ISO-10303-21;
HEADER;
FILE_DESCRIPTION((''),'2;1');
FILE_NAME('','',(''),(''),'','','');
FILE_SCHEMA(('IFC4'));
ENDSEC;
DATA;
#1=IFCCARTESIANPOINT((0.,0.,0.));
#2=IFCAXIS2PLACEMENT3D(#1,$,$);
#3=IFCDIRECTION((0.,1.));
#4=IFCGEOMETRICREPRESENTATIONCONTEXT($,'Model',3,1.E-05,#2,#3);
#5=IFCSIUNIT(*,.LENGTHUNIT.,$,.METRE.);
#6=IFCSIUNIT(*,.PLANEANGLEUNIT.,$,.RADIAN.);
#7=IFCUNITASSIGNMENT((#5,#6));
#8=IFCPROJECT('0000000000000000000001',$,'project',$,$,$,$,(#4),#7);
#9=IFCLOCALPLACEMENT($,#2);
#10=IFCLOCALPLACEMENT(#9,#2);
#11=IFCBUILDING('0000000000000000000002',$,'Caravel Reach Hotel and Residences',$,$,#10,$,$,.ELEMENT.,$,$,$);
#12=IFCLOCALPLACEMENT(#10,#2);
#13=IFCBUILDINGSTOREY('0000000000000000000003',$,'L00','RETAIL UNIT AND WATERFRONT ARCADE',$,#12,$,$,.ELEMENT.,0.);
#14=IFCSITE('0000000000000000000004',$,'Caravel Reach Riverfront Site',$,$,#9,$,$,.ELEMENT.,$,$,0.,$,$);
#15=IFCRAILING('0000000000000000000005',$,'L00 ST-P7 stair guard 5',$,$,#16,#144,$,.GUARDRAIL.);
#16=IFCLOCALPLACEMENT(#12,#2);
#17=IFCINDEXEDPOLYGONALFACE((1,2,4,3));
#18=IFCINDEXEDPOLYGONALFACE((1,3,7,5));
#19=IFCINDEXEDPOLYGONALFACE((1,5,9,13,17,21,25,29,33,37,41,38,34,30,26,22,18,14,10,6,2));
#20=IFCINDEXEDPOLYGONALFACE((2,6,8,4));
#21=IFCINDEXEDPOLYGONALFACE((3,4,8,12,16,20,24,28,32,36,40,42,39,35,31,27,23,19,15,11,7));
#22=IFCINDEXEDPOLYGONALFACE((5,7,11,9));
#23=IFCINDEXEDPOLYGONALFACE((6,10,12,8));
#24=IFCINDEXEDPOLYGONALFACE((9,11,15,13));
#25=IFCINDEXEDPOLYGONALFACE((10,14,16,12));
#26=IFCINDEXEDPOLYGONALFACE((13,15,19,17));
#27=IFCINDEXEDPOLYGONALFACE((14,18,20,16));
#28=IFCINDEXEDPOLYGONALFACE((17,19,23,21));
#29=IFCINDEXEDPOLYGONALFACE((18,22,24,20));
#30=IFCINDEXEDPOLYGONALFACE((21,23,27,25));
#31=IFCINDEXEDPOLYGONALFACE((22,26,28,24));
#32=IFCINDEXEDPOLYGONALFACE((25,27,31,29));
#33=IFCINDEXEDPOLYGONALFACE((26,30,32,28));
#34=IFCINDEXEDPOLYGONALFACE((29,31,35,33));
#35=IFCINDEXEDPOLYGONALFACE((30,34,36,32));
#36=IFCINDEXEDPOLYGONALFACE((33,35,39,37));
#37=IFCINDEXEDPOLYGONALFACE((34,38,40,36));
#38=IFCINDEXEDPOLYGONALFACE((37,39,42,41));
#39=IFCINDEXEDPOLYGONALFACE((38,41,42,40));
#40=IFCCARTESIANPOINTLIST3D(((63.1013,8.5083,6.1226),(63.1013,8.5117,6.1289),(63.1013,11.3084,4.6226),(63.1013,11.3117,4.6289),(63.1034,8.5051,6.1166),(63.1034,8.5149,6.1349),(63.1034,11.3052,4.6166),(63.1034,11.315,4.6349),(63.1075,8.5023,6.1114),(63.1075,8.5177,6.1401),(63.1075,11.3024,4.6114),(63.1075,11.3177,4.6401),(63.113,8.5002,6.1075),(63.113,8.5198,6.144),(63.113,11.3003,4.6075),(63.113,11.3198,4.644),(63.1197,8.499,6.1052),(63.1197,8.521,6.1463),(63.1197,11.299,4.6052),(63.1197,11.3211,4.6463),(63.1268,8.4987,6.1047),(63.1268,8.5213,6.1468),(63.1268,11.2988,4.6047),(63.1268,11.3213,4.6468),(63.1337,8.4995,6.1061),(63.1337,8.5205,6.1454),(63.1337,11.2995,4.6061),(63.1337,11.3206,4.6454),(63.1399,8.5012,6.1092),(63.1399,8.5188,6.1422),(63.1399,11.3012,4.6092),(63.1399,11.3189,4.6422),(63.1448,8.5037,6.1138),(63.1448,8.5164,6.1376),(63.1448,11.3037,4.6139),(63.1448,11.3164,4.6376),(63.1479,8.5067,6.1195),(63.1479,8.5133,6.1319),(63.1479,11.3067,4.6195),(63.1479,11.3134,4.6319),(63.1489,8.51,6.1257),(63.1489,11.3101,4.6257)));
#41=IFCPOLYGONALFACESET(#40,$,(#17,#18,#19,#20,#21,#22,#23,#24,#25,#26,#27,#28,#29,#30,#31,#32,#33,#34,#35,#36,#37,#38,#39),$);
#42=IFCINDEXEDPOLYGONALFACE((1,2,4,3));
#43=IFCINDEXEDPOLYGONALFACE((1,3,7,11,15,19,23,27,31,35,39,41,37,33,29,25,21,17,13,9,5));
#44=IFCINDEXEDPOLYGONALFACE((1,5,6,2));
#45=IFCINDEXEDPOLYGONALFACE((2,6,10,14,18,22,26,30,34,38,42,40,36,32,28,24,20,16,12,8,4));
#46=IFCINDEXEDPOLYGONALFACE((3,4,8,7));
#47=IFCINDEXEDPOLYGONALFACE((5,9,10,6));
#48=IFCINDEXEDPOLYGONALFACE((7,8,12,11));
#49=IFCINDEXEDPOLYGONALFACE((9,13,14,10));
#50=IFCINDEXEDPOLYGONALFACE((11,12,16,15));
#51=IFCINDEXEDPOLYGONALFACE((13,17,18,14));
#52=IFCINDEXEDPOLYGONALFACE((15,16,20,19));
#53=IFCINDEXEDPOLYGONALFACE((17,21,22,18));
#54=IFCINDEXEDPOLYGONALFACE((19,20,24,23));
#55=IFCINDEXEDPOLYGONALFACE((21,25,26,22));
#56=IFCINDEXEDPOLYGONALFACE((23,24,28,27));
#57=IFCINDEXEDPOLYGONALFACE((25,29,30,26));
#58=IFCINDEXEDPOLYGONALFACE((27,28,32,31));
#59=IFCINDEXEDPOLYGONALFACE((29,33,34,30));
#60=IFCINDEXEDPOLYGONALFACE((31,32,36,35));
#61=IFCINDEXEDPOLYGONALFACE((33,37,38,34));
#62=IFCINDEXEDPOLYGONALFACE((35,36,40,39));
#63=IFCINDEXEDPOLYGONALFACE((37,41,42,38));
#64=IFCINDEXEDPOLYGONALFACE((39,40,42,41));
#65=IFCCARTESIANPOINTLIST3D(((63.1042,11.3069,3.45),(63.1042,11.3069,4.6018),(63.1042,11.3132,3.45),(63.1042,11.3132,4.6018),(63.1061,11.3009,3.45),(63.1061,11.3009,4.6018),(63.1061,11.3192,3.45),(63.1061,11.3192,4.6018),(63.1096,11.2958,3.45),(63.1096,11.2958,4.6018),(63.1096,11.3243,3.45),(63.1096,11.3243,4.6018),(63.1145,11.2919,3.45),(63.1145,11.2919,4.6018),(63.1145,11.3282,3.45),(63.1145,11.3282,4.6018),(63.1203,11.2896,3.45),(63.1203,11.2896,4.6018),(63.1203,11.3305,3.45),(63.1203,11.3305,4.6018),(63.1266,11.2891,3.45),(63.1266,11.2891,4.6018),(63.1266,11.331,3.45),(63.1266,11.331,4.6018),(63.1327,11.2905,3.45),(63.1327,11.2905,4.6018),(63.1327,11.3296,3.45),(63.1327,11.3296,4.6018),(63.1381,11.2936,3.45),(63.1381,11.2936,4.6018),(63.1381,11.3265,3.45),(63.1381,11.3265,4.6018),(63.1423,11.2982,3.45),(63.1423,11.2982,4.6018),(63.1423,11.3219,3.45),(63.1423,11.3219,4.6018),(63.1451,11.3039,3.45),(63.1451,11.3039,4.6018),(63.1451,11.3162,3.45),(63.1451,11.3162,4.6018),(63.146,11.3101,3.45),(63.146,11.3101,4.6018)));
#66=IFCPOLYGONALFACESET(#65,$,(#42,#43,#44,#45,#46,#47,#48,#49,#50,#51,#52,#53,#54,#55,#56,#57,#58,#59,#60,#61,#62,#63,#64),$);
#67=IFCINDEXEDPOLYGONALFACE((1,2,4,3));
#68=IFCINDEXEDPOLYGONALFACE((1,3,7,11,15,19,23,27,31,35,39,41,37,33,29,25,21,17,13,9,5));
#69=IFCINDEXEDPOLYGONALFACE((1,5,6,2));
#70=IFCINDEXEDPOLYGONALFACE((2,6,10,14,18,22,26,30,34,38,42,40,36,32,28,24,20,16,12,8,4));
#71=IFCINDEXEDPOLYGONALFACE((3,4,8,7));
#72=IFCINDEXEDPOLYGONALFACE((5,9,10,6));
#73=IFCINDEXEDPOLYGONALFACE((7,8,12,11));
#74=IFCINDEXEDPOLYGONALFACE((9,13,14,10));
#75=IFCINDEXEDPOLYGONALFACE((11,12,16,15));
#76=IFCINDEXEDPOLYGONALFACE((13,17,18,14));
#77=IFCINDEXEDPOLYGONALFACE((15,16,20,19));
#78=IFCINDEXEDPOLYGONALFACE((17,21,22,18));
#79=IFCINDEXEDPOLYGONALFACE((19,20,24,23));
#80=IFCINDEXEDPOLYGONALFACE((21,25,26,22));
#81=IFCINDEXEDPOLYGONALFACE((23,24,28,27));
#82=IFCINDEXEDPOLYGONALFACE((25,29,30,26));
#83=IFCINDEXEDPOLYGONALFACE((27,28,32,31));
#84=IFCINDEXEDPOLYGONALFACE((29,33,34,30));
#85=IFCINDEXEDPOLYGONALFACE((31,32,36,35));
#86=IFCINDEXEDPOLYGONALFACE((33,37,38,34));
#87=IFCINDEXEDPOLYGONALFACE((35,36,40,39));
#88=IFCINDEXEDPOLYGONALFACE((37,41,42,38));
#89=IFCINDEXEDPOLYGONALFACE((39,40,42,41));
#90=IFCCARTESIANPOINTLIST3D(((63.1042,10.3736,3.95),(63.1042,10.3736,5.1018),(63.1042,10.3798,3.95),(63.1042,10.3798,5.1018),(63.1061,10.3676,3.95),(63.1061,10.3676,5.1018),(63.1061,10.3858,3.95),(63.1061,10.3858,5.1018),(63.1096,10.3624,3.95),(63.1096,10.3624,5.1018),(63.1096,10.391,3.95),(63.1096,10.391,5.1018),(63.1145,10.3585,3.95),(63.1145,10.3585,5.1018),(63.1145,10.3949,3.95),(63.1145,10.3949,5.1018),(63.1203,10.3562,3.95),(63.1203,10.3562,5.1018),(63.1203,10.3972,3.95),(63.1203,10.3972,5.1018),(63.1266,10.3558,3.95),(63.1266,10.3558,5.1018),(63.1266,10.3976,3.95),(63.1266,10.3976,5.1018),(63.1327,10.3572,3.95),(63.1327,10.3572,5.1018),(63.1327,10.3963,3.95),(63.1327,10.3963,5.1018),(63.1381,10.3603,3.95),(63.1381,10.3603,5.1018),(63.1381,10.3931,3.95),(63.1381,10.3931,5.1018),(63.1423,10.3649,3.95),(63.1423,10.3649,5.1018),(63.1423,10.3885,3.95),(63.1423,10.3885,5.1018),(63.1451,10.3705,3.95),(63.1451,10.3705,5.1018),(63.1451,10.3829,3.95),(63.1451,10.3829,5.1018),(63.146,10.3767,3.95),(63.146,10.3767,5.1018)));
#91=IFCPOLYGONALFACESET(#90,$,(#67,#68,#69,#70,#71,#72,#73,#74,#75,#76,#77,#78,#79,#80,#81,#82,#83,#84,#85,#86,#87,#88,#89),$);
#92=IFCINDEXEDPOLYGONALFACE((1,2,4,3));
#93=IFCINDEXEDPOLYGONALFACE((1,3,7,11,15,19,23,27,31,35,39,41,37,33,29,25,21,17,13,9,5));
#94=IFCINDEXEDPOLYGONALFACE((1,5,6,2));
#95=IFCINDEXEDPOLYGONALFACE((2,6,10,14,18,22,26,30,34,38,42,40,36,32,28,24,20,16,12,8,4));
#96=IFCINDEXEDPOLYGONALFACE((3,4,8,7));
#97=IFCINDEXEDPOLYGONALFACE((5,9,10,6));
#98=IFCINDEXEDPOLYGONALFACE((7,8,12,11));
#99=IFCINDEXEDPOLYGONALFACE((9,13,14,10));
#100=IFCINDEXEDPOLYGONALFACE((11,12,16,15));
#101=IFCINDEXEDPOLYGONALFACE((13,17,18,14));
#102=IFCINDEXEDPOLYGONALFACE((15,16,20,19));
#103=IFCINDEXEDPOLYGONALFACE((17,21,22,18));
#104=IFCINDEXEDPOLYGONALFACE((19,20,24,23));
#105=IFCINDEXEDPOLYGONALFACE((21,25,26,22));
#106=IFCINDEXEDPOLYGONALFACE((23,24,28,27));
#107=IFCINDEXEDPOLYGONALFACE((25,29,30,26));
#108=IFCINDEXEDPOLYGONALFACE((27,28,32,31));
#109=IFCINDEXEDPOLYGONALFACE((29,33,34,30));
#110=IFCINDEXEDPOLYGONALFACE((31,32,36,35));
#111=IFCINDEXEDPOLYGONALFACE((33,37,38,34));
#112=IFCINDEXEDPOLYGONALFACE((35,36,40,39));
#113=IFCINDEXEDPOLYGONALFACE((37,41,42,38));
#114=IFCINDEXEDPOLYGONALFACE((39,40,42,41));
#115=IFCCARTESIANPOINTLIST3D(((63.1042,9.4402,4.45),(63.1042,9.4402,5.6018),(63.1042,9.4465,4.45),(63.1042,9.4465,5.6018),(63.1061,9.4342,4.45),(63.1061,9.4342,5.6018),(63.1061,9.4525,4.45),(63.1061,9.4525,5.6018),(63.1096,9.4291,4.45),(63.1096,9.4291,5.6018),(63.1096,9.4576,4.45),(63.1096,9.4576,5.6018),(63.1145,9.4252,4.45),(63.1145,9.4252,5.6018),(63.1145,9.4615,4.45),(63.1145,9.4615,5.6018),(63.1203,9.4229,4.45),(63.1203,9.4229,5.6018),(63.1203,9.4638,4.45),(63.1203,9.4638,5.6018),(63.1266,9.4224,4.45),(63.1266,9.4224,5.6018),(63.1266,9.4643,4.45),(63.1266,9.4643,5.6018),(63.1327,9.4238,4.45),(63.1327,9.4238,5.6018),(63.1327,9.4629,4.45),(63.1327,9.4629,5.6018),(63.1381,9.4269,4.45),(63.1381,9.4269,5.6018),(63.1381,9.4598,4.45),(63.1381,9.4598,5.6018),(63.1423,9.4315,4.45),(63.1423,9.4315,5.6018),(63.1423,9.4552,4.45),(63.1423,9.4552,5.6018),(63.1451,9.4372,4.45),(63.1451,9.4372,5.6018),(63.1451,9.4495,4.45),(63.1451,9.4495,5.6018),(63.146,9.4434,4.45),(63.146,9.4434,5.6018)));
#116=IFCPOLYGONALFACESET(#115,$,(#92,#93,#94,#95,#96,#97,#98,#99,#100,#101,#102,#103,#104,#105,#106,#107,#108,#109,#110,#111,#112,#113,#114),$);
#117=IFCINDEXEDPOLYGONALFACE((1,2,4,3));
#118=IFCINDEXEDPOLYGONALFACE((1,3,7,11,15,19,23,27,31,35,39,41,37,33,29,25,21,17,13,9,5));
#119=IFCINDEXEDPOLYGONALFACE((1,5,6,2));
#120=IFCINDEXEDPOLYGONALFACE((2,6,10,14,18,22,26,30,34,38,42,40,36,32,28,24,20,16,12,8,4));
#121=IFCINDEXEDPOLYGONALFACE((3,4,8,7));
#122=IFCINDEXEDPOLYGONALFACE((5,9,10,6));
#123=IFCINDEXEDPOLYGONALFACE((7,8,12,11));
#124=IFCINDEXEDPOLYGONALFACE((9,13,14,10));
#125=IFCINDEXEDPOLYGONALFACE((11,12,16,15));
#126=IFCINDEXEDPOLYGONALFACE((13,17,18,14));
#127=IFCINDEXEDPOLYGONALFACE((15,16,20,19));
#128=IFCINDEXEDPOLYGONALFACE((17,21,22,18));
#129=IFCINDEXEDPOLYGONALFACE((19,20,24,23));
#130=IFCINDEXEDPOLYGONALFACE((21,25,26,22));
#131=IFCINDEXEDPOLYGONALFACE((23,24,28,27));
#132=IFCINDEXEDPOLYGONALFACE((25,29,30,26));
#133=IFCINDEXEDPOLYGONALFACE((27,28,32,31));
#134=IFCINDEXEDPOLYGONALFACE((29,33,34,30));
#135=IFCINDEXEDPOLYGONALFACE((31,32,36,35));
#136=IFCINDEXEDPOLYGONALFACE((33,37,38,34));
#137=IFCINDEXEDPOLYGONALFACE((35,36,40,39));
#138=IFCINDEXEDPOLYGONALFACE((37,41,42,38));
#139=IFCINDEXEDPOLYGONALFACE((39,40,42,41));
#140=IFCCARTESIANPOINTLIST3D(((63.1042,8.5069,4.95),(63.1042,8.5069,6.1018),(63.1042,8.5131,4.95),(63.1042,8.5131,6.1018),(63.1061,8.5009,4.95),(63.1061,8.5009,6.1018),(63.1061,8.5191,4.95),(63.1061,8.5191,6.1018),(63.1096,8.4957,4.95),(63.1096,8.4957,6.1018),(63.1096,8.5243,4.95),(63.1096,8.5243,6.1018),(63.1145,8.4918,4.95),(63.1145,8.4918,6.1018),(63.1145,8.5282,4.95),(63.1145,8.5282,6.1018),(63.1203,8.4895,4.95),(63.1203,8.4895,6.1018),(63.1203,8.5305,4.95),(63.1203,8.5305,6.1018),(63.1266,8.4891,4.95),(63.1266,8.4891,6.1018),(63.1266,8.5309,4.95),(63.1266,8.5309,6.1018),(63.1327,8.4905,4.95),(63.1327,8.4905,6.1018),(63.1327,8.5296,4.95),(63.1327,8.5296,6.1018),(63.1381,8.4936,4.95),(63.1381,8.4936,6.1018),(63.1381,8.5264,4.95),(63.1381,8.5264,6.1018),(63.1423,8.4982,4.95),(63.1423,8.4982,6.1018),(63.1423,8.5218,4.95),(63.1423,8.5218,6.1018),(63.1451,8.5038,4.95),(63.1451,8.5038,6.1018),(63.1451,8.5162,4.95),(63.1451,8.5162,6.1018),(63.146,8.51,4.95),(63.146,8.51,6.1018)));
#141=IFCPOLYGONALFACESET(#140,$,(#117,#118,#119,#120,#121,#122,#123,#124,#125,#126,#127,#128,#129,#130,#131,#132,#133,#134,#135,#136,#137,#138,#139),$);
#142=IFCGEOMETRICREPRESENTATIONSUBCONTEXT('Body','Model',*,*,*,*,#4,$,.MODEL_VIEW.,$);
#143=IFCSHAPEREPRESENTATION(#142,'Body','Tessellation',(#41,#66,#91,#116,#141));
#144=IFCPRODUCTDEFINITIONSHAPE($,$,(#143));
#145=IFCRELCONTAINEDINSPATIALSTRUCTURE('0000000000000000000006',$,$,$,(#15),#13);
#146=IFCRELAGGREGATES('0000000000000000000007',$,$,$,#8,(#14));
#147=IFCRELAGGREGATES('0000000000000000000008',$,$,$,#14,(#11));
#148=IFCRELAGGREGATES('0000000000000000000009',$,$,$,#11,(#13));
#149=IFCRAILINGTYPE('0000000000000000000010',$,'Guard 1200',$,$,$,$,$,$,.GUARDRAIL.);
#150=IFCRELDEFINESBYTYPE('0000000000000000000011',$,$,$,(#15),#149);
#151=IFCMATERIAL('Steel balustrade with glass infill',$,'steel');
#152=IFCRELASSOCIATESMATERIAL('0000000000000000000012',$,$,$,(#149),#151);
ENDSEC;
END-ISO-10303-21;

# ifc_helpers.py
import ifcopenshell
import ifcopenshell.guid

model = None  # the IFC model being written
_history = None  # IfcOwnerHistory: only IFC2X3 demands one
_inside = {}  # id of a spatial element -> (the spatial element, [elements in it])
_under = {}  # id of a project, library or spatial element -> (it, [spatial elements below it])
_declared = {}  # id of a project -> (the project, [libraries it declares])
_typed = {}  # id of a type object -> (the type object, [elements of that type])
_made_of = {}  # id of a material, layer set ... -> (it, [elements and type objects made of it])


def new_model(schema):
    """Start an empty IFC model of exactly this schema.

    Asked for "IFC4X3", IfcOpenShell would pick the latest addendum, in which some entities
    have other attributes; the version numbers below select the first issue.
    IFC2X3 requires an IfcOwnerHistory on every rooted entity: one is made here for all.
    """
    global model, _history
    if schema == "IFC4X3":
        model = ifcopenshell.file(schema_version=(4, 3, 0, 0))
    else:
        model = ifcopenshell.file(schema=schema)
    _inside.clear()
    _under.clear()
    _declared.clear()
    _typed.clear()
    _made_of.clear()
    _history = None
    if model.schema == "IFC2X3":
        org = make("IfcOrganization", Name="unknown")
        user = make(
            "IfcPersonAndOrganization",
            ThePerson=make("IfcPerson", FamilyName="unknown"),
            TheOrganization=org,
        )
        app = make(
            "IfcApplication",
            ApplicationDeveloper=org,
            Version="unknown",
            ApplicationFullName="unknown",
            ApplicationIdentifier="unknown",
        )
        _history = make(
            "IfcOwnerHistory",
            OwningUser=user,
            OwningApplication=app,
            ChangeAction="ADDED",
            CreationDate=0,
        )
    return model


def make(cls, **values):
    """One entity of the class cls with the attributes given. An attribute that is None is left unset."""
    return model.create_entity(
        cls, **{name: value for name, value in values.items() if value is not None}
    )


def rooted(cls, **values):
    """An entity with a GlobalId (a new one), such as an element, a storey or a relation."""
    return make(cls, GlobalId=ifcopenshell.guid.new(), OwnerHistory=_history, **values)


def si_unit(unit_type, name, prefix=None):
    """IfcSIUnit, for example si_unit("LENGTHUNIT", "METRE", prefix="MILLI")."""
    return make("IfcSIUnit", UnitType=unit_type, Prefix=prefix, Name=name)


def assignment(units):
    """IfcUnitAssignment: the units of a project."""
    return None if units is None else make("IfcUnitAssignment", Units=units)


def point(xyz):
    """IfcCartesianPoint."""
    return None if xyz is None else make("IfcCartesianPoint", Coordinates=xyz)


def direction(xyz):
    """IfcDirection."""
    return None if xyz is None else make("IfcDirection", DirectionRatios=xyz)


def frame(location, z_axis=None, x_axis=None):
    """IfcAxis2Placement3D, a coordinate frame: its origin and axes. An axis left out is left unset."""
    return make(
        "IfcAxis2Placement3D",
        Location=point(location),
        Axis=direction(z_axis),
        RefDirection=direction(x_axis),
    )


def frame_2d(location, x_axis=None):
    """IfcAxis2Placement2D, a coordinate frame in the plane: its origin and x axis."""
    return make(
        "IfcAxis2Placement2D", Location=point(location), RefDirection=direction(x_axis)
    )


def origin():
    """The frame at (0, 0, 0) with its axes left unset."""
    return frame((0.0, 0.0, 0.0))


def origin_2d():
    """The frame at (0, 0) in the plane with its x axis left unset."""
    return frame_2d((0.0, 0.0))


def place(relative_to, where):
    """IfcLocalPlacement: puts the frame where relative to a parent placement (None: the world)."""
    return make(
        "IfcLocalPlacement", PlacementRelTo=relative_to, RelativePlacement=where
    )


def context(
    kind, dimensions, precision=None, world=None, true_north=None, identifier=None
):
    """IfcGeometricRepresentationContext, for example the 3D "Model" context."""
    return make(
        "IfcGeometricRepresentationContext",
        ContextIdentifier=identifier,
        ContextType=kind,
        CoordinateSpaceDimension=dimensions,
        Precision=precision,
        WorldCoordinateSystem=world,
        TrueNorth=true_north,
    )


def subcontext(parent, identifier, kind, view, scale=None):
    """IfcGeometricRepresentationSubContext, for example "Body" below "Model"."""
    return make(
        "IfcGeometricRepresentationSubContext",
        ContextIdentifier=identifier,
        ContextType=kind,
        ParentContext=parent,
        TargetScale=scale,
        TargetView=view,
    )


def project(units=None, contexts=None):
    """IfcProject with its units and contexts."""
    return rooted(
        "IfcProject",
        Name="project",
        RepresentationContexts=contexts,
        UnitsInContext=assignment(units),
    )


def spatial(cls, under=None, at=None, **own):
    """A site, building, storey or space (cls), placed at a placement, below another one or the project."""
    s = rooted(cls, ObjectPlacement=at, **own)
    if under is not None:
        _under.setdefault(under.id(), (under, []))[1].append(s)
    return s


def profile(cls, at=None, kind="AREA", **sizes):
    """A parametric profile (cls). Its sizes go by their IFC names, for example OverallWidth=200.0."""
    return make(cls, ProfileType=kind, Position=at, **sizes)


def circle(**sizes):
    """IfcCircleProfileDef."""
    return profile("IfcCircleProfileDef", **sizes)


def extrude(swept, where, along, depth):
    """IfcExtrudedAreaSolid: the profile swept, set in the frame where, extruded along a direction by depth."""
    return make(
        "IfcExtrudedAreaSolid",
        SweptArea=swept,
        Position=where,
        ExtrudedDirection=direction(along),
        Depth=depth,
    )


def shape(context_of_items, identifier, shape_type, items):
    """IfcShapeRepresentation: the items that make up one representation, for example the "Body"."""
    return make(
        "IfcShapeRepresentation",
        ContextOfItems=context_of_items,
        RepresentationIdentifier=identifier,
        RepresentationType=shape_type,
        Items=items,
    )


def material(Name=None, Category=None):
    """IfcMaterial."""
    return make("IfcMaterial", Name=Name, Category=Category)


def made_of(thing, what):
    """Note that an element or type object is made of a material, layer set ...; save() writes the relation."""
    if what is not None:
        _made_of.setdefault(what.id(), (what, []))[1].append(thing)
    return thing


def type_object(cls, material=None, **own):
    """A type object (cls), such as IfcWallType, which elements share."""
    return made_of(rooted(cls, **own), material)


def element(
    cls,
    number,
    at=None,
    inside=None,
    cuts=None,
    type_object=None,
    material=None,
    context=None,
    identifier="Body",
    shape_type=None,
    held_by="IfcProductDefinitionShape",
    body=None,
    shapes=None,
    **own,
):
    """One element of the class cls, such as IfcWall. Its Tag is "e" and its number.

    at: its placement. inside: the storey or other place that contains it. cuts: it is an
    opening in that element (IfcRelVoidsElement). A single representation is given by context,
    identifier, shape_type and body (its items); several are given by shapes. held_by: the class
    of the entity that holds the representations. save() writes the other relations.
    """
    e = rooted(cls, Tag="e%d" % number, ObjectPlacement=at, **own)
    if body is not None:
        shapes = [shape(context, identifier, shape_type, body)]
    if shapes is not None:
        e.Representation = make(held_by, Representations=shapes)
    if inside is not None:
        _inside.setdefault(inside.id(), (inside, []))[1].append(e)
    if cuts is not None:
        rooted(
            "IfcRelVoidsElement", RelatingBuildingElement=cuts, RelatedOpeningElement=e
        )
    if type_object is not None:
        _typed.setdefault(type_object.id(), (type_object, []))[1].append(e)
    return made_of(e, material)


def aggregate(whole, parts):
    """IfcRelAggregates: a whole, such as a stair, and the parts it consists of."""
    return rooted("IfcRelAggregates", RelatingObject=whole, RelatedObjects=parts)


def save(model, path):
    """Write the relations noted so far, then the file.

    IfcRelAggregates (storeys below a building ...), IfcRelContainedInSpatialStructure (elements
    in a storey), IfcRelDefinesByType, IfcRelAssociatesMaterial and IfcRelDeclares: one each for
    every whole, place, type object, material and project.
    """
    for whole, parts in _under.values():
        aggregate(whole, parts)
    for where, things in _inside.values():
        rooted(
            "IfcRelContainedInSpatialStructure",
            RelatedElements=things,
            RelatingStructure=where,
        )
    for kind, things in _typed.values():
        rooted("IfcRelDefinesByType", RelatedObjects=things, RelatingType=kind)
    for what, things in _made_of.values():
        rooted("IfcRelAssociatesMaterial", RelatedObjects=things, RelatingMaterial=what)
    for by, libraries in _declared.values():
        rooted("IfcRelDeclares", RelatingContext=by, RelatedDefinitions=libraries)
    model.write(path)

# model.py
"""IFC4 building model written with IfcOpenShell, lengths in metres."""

from ifc_helpers import new_model, si_unit, direction, frame, origin, origin_2d, place, context, subcontext, project, spatial, circle, extrude, material, type_object, element, save


model = new_model("IFC4")

# Units and contexts
model_context = context("Model", 3, precision=1e-05, world=origin(), true_north=direction((0.0, 1.0)))
body_context = subcontext(model_context, "Body", "Model", "MODEL_VIEW")
ifc_project = project(units=[si_unit("LENGTHUNIT", "METRE"), si_unit("PLANEANGLEUNIT", "RADIAN")], contexts=[model_context])

# Site, building, storey
site_placement = place(None, origin())
site = spatial("IfcSite", under=ifc_project, at=site_placement, Name="Caravel Reach Riverfront Site", CompositionType="ELEMENT", RefElevation=0.0)
building_placement = place(site_placement, origin())
building = spatial("IfcBuilding", under=site, at=building_placement, Name="Caravel Reach Hotel and Residences", CompositionType="ELEMENT")
storey_placement = place(building_placement, origin())
storey = spatial("IfcBuildingStorey", under=building, at=storey_placement, Name="L00", Description="RETAIL UNIT AND WATERFRONT ARCADE", CompositionType="ELEMENT", Elevation=0.0)

# Railing
ifc_material_1 = material(Name="Steel balustrade with glass infill", Category="steel")
railing_type_1 = type_object("IfcRailingType", Name="Guard 1200", PredefinedType="GUARDRAIL", material=ifc_material_1)
railing_1_placement = place(storey_placement, frame((63.125, 11.3101, 3.45)))
element("IfcRailing", 1, at=railing_1_placement, inside=storey, type_object=railing_type_1, Name="L00 ST-P7 stair guard 5", PredefinedType="GUARDRAIL", context=body_context, shape_type="SweptSolid", body=[
    extrude(circle(Radius=0.0239, at=origin_2d()), frame((0.0, 0.0, 1.1758), z_axis=(0.0, -0.881483, 0.472215), x_axis=(1.0, 0.0, 0.0)), (0.0, 0.0, 1.0), 3.1765),
    extrude(circle(Radius=0.021, at=origin_2d()), origin(), (0.0, 0.0, 1.0), 1.1519),
    extrude(circle(Radius=0.021, at=origin_2d()), frame((0.0, -0.9333, 0.5)), (0.0, 0.0, 1.0), 1.1519),
    extrude(circle(Radius=0.021, at=origin_2d()), frame((0.0, -1.8667, 1.0)), (0.0, 0.0, 1.0), 1.1519),
    extrude(circle(Radius=0.021, at=origin_2d()), frame((0.0, -2.8, 1.5)), (0.0, 0.0, 1.0), 1.1519),
])

save(model, "model.ifc")
